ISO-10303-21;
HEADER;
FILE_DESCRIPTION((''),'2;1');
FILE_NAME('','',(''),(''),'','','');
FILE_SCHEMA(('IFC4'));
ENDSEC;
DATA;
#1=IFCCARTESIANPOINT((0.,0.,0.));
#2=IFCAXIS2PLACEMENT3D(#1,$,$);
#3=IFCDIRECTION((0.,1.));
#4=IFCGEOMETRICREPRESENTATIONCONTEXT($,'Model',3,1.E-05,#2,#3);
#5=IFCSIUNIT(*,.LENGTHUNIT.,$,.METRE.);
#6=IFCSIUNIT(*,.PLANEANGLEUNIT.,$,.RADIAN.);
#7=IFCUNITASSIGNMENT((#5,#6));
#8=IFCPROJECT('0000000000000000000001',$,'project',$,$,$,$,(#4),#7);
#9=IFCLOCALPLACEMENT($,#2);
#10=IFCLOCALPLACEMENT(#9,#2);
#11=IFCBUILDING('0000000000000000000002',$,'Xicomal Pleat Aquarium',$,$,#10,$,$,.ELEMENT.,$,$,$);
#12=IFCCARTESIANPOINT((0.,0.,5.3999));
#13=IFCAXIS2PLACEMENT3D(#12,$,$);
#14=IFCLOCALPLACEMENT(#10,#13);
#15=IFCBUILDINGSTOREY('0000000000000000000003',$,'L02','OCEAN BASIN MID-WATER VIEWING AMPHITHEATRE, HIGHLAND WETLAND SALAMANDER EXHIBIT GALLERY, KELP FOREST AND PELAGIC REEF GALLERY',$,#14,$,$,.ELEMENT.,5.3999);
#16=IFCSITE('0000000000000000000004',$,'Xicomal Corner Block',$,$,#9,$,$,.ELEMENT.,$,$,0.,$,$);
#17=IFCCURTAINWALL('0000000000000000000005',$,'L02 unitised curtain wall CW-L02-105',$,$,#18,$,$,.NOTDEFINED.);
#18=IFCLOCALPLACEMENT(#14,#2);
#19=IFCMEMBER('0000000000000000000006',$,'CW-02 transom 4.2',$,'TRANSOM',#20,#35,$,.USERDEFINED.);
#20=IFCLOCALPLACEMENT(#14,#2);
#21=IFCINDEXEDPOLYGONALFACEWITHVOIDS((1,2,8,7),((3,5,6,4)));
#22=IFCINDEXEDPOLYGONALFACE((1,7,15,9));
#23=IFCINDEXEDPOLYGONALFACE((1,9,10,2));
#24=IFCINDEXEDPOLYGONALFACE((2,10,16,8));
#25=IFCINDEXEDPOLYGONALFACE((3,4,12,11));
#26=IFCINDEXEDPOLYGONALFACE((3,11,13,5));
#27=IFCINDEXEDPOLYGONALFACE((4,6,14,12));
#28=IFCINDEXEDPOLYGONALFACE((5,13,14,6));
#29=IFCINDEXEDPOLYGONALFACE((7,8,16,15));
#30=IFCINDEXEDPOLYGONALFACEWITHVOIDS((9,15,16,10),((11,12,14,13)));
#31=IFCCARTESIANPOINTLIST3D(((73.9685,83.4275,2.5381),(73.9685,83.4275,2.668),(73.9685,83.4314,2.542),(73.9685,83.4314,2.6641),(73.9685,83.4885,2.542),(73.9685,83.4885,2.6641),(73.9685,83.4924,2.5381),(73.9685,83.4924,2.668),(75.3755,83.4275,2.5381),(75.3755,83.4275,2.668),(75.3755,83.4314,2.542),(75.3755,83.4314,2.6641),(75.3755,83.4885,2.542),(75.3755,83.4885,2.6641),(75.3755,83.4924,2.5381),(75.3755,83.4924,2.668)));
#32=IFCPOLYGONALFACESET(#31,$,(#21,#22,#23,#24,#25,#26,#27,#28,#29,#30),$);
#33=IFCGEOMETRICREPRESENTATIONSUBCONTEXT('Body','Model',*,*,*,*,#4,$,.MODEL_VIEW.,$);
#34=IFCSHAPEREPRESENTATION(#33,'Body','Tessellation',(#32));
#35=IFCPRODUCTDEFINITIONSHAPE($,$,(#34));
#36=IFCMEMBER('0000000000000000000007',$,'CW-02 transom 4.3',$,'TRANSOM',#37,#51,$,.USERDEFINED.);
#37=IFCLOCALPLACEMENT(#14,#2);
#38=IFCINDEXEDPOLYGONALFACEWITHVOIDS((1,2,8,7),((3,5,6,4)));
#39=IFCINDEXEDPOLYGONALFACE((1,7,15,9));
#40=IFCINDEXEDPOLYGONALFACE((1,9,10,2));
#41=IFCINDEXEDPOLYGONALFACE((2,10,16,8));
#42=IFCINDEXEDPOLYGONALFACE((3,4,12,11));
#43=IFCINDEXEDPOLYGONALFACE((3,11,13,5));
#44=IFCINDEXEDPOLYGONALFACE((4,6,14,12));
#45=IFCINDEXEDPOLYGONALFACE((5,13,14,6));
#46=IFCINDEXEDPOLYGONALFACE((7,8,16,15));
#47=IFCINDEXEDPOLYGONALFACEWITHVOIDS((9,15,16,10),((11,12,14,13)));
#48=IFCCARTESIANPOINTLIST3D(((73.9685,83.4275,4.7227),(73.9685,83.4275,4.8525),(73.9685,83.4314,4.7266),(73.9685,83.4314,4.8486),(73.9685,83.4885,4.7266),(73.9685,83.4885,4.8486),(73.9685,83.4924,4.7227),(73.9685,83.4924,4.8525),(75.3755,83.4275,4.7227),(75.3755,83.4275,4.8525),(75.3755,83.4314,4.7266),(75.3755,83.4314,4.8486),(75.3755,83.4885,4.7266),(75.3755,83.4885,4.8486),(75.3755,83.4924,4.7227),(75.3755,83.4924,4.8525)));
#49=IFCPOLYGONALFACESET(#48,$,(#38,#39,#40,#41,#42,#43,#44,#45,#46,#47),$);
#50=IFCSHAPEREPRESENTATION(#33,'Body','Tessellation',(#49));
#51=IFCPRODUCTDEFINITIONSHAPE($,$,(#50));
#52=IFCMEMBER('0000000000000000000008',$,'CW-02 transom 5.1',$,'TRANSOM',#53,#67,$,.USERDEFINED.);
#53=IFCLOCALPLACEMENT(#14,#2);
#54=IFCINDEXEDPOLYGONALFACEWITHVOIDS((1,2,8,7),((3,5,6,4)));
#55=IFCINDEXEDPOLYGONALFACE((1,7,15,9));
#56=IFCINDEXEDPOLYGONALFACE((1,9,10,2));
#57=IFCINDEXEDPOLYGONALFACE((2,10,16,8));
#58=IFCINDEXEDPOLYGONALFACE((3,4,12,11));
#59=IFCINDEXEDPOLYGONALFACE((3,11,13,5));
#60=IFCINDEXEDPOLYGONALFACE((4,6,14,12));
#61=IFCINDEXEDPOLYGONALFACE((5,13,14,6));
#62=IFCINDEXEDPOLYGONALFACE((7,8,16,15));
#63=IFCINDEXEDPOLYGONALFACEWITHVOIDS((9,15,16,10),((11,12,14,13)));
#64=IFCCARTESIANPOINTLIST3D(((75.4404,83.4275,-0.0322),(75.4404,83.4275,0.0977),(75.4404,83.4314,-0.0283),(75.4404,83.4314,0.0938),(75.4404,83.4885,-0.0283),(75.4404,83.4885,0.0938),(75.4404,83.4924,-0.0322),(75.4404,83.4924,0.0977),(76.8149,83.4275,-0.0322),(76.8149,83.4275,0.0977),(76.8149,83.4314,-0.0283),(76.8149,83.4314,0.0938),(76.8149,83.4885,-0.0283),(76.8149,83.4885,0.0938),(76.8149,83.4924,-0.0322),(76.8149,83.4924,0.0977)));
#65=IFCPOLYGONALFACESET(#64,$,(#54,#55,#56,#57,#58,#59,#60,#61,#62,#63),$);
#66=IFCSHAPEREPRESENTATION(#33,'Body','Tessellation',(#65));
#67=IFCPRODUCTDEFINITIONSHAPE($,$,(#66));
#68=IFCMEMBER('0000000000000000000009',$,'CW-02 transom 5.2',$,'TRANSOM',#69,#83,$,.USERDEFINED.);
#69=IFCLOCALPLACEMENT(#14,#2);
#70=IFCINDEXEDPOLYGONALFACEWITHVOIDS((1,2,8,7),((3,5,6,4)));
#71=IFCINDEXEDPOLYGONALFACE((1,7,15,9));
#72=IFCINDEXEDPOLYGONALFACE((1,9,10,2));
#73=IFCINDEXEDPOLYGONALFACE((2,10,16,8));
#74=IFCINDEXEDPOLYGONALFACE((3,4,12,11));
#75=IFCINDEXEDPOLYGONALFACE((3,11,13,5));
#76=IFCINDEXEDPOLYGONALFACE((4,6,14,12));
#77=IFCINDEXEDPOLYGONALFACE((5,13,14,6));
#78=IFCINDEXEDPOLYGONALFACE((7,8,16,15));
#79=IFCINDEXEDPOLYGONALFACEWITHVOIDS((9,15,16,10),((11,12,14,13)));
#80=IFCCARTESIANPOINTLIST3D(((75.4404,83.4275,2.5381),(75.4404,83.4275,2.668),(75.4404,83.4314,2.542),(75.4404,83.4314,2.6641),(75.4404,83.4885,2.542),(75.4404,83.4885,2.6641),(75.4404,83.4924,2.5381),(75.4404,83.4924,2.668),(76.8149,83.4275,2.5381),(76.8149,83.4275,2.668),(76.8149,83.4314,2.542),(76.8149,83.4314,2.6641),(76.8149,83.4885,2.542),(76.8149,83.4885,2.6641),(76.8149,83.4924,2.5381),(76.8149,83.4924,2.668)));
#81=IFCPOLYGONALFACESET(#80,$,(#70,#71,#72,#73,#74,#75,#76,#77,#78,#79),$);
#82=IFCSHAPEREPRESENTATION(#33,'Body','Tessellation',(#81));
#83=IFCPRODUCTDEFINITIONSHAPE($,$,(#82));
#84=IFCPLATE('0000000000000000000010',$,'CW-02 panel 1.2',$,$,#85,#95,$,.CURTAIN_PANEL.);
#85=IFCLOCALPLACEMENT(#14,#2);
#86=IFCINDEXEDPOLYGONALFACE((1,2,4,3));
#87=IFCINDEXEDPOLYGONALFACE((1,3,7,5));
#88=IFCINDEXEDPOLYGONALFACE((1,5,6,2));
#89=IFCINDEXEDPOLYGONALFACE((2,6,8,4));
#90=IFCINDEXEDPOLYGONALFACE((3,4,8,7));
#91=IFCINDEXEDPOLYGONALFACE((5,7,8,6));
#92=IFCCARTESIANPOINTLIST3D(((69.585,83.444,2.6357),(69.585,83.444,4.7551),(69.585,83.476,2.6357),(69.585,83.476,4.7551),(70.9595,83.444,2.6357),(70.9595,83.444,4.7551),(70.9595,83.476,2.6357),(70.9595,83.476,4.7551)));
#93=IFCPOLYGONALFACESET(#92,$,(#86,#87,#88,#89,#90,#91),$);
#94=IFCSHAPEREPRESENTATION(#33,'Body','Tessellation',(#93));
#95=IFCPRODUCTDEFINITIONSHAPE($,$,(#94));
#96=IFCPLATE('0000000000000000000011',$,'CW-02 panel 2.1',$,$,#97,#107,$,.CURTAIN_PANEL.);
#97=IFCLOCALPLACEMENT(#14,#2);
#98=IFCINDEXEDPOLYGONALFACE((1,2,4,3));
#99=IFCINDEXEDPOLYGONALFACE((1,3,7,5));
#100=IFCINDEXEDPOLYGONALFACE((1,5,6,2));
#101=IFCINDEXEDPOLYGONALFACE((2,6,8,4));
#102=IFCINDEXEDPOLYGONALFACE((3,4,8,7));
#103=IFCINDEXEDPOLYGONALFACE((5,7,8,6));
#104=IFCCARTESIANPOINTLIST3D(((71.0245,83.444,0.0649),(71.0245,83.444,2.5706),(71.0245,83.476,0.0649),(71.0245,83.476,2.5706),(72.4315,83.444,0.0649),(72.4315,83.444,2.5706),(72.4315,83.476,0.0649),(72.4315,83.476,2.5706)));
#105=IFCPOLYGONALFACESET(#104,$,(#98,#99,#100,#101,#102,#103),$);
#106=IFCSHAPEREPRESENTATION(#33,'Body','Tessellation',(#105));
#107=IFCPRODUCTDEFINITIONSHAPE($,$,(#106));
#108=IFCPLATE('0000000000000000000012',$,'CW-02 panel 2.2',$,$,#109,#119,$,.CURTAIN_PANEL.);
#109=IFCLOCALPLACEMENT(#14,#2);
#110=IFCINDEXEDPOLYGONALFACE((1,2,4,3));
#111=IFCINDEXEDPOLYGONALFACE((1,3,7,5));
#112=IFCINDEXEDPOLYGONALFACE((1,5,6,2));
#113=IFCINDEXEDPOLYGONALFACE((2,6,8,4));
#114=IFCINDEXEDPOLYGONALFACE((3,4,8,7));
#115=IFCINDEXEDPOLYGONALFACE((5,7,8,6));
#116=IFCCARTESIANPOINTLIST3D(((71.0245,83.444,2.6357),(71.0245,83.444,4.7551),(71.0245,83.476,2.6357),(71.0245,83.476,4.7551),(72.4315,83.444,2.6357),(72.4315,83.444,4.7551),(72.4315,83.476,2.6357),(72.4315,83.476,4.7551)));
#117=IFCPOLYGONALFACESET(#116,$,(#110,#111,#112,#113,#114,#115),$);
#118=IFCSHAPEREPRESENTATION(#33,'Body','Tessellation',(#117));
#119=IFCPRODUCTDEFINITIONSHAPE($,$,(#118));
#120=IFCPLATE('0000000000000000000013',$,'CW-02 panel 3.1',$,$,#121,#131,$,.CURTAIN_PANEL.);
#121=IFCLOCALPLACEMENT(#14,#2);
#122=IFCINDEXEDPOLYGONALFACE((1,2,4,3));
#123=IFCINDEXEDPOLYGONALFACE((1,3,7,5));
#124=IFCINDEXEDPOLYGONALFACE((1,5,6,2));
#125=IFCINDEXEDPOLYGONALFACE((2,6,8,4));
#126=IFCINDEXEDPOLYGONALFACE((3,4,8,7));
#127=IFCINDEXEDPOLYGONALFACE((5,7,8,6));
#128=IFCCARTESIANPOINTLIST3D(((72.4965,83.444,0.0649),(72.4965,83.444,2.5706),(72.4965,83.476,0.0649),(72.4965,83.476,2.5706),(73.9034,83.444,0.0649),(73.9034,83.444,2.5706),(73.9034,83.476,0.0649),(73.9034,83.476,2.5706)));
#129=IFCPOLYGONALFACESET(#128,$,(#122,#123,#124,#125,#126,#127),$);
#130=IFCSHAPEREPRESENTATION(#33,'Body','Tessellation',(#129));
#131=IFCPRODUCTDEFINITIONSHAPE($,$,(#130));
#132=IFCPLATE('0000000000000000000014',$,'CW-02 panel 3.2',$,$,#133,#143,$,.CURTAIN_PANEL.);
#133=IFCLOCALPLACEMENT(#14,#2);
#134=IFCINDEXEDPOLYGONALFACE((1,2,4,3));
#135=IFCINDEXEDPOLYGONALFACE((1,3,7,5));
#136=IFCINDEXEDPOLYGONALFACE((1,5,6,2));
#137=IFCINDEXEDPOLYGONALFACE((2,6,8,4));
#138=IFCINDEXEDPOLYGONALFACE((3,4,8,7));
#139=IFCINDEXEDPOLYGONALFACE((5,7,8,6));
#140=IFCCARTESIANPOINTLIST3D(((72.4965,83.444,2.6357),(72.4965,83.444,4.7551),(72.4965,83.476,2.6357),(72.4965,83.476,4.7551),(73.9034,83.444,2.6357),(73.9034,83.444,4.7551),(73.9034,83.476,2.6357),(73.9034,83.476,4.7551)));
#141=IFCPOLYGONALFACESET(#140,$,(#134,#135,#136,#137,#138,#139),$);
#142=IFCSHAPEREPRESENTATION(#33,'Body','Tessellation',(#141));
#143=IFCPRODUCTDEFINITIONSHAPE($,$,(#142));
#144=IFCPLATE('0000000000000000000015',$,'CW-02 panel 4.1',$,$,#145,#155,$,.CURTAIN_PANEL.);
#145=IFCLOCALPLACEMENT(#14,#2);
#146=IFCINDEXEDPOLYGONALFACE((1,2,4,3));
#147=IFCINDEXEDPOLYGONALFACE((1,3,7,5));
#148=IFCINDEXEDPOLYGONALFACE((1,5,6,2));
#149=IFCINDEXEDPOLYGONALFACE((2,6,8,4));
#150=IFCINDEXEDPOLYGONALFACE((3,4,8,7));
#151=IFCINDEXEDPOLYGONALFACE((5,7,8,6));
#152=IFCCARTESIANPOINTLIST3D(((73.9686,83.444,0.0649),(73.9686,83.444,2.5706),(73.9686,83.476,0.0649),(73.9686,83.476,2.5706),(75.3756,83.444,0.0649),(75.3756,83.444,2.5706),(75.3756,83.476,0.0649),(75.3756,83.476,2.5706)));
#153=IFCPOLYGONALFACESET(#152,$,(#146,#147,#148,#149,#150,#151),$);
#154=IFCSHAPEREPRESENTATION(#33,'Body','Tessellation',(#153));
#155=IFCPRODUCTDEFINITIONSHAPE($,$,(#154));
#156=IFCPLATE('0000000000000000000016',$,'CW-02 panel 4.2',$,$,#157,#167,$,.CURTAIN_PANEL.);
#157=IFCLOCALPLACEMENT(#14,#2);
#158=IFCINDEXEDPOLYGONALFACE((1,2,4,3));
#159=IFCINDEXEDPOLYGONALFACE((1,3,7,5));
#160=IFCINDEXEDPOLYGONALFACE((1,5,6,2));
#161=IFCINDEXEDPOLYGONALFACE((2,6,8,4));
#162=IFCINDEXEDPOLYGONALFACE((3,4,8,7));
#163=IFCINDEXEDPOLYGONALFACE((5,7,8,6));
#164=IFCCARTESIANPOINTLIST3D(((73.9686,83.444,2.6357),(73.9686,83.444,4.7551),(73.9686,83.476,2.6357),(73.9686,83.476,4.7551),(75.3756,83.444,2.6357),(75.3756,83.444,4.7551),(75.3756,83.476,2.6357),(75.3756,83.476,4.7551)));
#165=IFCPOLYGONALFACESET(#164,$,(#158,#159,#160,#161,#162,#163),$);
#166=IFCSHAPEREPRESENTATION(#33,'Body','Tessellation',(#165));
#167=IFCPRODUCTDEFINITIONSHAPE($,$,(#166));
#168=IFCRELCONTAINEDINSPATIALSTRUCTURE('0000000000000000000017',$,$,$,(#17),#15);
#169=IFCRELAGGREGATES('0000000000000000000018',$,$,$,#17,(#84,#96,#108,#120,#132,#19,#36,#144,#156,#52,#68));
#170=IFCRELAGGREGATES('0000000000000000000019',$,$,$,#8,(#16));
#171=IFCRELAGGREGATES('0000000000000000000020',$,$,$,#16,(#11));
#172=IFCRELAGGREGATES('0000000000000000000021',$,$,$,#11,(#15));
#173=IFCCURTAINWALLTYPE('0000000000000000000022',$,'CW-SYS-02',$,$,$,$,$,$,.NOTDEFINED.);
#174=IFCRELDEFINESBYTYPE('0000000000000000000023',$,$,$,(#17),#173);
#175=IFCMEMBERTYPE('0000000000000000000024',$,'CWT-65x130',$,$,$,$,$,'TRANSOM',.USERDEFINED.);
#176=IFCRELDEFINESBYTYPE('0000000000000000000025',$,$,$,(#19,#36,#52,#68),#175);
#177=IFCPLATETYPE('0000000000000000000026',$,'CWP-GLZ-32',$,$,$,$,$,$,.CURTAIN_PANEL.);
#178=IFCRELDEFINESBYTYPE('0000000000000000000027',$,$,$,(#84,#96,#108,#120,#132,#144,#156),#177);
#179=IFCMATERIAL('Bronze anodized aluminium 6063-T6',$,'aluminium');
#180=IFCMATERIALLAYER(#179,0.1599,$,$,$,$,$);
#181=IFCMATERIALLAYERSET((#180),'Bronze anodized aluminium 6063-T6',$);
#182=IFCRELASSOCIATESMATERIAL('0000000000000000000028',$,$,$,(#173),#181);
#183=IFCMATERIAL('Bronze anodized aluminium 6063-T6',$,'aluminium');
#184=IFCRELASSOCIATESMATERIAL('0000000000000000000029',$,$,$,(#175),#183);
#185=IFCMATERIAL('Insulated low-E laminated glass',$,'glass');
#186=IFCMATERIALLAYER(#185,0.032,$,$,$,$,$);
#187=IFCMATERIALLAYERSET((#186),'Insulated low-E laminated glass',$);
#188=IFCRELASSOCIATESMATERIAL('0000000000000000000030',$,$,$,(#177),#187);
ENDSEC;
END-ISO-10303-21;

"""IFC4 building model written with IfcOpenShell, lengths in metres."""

from ifc_helpers import new_model, si_unit, direction, frame, origin, origin_2d, place, context, subcontext, project, spatial, rectangle, hollow_rectangle, extrude, material, layer, layer_set, material_profile, profile_set, type_object, element, aggregate, save


model = new_model("IFC4")

# Units and contexts
model_context = context("Model", 3, precision=1e-05, world=origin(), true_north=direction((0.0, 1.0)))
body_context = subcontext(model_context, "Body", "Model", "MODEL_VIEW")
ifc_project = project(units=[si_unit("LENGTHUNIT", "METRE"), si_unit("PLANEANGLEUNIT", "RADIAN")], contexts=[model_context])

# Site, building, storey
site_placement = place(None, origin())
site = spatial("IfcSite", under=ifc_project, at=site_placement, Name="Xicomal Corner Block", CompositionType="ELEMENT", RefElevation=0.0)
building_placement = place(site_placement, origin())
building = spatial("IfcBuilding", under=site, at=building_placement, Name="Xicomal Pleat Aquarium", CompositionType="ELEMENT")
storey_placement = place(building_placement, frame((0.0, 0.0, 5.3999)))
storey = spatial("IfcBuildingStorey", under=building, at=storey_placement, Name="L02", Description="OCEAN BASIN MID-WATER VIEWING AMPHITHEATRE, HIGHLAND WETLAND SALAMANDER EXHIBIT GALLERY, KELP FOREST AND PELAGIC REEF GALLERY", CompositionType="ELEMENT", Elevation=5.3999)

# Curtain wall, members, plates
ifc_material_1 = material(Name="Bronze anodized aluminium 6063-T6", Category="aluminium")
ifc_layer_1 = layer(ifc_material_1, 0.1599)
ifc_layer_set_1 = layer_set([ifc_layer_1], Name="Bronze anodized aluminium 6063-T6")
curtain_wall_type = type_object("IfcCurtainWallType", Name="CW-SYS-02", PredefinedType="NOTDEFINED", material=ifc_layer_set_1)
curtain_wall_placement = place(storey_placement, origin())
curtain_wall = element("IfcCurtainWall", 1, at=curtain_wall_placement, inside=storey, type_object=curtain_wall_type, Name="L02 unitised curtain wall CW-L02-105", PredefinedType="NOTDEFINED")
ifc_material_2 = material(Name="Bronze anodized aluminium 6063-T6", Category="aluminium")
ifc_material_profile_1 = material_profile(ifc_material_2, hollow_rectangle(XDim=0.0649, YDim=0.1299, WallThickness=0.0039, at=origin_2d()), Name="ALU TRAN 65x130")
ifc_profile_set_1 = profile_set([ifc_material_profile_1], Name="Bronze anodized aluminium 6063-T6")
member_type_1 = type_object("IfcMemberType", Name="CWT-65x130", ElementType="TRANSOM", PredefinedType="USERDEFINED", material=ifc_profile_set_1)
member_1_placement = place(storey_placement, frame((73.9685, 83.46, 2.603), z_axis=(1.0, 0.0, 0.0), x_axis=(0.0, 1.0, 0.0)))
member_1 = element("IfcMember", 2, at=member_1_placement, type_object=member_type_1, Name="CW-02 transom 4.2", ObjectType="TRANSOM", PredefinedType="USERDEFINED", context=body_context, shape_type="SweptSolid", body=[
    extrude(hollow_rectangle(XDim=0.0649, YDim=0.1299, WallThickness=0.0039, at=origin_2d()), origin(), (0.0, 0.0, 1.0), 1.407),
])
member_2_placement = place(storey_placement, frame((73.9685, 83.46, 4.7876), z_axis=(1.0, 0.0, 0.0), x_axis=(0.0, 1.0, 0.0)))
member_2 = element("IfcMember", 3, at=member_2_placement, type_object=member_type_1, Name="CW-02 transom 4.3", ObjectType="TRANSOM", PredefinedType="USERDEFINED", context=body_context, shape_type="SweptSolid", body=[
    extrude(hollow_rectangle(XDim=0.0649, YDim=0.1299, WallThickness=0.0039, at=origin_2d()), origin(), (0.0, 0.0, 1.0), 1.407),
])
member_3_placement = place(storey_placement, frame((75.4404, 83.46, 0.0327), z_axis=(1.0, 0.0, 0.0), x_axis=(0.0, 1.0, 0.0)))
member_3 = element("IfcMember", 4, at=member_3_placement, type_object=member_type_1, Name="CW-02 transom 5.1", ObjectType="TRANSOM", PredefinedType="USERDEFINED", context=body_context, shape_type="SweptSolid", body=[
    extrude(hollow_rectangle(XDim=0.0649, YDim=0.1299, WallThickness=0.0039, at=origin_2d()), origin(), (0.0, 0.0, 1.0), 1.3745),
])
member_4_placement = place(storey_placement, frame((75.4404, 83.46, 2.603), z_axis=(1.0, 0.0, 0.0), x_axis=(0.0, 1.0, 0.0)))
member_4 = element("IfcMember", 5, at=member_4_placement, type_object=member_type_1, Name="CW-02 transom 5.2", ObjectType="TRANSOM", PredefinedType="USERDEFINED", context=body_context, shape_type="SweptSolid", body=[
    extrude(hollow_rectangle(XDim=0.0649, YDim=0.1299, WallThickness=0.0039, at=origin_2d()), origin(), (0.0, 0.0, 1.0), 1.3745),
])
ifc_material_3 = material(Name="Insulated low-E laminated glass", Category="glass")
ifc_layer_2 = layer(ifc_material_3, 0.032)
ifc_layer_set_2 = layer_set([ifc_layer_2], Name="Insulated low-E laminated glass")
plate_type = type_object("IfcPlateType", Name="CWP-GLZ-32", PredefinedType="CURTAIN_PANEL", material=ifc_layer_set_2)
plate_1_placement = place(storey_placement, frame((70.2722, 83.46, 2.6357), z_axis=(0.0, 0.0, 1.0), x_axis=(1.0, 0.0, 0.0)))
plate_1 = element("IfcPlate", 6, at=plate_1_placement, type_object=plate_type, Name="CW-02 panel 1.2", PredefinedType="CURTAIN_PANEL", context=body_context, shape_type="SweptSolid", body=[
    extrude(rectangle(XDim=1.3745, YDim=0.032, at=origin_2d()), origin(), (0.0, 0.0, 1.0), 2.1194),
])
plate_2_placement = place(storey_placement, frame((71.728, 83.46, 0.0649), z_axis=(0.0, 0.0, 1.0), x_axis=(1.0, 0.0, 0.0)))
plate_2 = element("IfcPlate", 7, at=plate_2_placement, type_object=plate_type, Name="CW-02 panel 2.1", PredefinedType="CURTAIN_PANEL", context=body_context, shape_type="SweptSolid", body=[
    extrude(rectangle(XDim=1.407, YDim=0.032, at=origin_2d()), origin(), (0.0, 0.0, 1.0), 2.5056),
])
plate_3_placement = place(storey_placement, frame((71.728, 83.46, 2.6357), z_axis=(0.0, 0.0, 1.0), x_axis=(1.0, 0.0, 0.0)))
plate_3 = element("IfcPlate", 8, at=plate_3_placement, type_object=plate_type, Name="CW-02 panel 2.2", PredefinedType="CURTAIN_PANEL", context=body_context, shape_type="SweptSolid", body=[
    extrude(rectangle(XDim=1.407, YDim=0.032, at=origin_2d()), origin(), (0.0, 0.0, 1.0), 2.1194),
])
plate_4_placement = place(storey_placement, frame((73.2, 83.46, 0.0649), z_axis=(0.0, 0.0, 1.0), x_axis=(1.0, 0.0, 0.0)))
plate_4 = element("IfcPlate", 9, at=plate_4_placement, type_object=plate_type, Name="CW-02 panel 3.1", PredefinedType="CURTAIN_PANEL", context=body_context, shape_type="SweptSolid", body=[
    extrude(rectangle(XDim=1.407, YDim=0.032, at=origin_2d()), origin(), (0.0, 0.0, 1.0), 2.5056),
])
plate_5_placement = place(storey_placement, frame((73.2, 83.46, 2.6357), z_axis=(0.0, 0.0, 1.0), x_axis=(1.0, 0.0, 0.0)))
plate_5 = element("IfcPlate", 10, at=plate_5_placement, type_object=plate_type, Name="CW-02 panel 3.2", PredefinedType="CURTAIN_PANEL", context=body_context, shape_type="SweptSolid", body=[
    extrude(rectangle(XDim=1.407, YDim=0.032, at=origin_2d()), origin(), (0.0, 0.0, 1.0), 2.1194),
])
plate_6_placement = place(storey_placement, frame((74.6721, 83.46, 0.0649), z_axis=(0.0, 0.0, 1.0), x_axis=(1.0, 0.0, 0.0)))
plate_6 = element("IfcPlate", 11, at=plate_6_placement, type_object=plate_type, Name="CW-02 panel 4.1", PredefinedType="CURTAIN_PANEL", context=body_context, shape_type="SweptSolid", body=[
    extrude(rectangle(XDim=1.407, YDim=0.032, at=origin_2d()), origin(), (0.0, 0.0, 1.0), 2.5056),
])
plate_7_placement = place(storey_placement, frame((74.6721, 83.46, 2.6357), z_axis=(0.0, 0.0, 1.0), x_axis=(1.0, 0.0, 0.0)))
plate_7 = element("IfcPlate", 12, at=plate_7_placement, type_object=plate_type, Name="CW-02 panel 4.2", PredefinedType="CURTAIN_PANEL", context=body_context, shape_type="SweptSolid", body=[
    extrude(rectangle(XDim=1.407, YDim=0.032, at=origin_2d()), origin(), (0.0, 0.0, 1.0), 2.1194),
])
aggregate(curtain_wall, [plate_1, plate_2, plate_3, plate_4, plate_5, member_1, member_2, plate_6, plate_7, member_3, member_4])

save(model, "model.ifc")
